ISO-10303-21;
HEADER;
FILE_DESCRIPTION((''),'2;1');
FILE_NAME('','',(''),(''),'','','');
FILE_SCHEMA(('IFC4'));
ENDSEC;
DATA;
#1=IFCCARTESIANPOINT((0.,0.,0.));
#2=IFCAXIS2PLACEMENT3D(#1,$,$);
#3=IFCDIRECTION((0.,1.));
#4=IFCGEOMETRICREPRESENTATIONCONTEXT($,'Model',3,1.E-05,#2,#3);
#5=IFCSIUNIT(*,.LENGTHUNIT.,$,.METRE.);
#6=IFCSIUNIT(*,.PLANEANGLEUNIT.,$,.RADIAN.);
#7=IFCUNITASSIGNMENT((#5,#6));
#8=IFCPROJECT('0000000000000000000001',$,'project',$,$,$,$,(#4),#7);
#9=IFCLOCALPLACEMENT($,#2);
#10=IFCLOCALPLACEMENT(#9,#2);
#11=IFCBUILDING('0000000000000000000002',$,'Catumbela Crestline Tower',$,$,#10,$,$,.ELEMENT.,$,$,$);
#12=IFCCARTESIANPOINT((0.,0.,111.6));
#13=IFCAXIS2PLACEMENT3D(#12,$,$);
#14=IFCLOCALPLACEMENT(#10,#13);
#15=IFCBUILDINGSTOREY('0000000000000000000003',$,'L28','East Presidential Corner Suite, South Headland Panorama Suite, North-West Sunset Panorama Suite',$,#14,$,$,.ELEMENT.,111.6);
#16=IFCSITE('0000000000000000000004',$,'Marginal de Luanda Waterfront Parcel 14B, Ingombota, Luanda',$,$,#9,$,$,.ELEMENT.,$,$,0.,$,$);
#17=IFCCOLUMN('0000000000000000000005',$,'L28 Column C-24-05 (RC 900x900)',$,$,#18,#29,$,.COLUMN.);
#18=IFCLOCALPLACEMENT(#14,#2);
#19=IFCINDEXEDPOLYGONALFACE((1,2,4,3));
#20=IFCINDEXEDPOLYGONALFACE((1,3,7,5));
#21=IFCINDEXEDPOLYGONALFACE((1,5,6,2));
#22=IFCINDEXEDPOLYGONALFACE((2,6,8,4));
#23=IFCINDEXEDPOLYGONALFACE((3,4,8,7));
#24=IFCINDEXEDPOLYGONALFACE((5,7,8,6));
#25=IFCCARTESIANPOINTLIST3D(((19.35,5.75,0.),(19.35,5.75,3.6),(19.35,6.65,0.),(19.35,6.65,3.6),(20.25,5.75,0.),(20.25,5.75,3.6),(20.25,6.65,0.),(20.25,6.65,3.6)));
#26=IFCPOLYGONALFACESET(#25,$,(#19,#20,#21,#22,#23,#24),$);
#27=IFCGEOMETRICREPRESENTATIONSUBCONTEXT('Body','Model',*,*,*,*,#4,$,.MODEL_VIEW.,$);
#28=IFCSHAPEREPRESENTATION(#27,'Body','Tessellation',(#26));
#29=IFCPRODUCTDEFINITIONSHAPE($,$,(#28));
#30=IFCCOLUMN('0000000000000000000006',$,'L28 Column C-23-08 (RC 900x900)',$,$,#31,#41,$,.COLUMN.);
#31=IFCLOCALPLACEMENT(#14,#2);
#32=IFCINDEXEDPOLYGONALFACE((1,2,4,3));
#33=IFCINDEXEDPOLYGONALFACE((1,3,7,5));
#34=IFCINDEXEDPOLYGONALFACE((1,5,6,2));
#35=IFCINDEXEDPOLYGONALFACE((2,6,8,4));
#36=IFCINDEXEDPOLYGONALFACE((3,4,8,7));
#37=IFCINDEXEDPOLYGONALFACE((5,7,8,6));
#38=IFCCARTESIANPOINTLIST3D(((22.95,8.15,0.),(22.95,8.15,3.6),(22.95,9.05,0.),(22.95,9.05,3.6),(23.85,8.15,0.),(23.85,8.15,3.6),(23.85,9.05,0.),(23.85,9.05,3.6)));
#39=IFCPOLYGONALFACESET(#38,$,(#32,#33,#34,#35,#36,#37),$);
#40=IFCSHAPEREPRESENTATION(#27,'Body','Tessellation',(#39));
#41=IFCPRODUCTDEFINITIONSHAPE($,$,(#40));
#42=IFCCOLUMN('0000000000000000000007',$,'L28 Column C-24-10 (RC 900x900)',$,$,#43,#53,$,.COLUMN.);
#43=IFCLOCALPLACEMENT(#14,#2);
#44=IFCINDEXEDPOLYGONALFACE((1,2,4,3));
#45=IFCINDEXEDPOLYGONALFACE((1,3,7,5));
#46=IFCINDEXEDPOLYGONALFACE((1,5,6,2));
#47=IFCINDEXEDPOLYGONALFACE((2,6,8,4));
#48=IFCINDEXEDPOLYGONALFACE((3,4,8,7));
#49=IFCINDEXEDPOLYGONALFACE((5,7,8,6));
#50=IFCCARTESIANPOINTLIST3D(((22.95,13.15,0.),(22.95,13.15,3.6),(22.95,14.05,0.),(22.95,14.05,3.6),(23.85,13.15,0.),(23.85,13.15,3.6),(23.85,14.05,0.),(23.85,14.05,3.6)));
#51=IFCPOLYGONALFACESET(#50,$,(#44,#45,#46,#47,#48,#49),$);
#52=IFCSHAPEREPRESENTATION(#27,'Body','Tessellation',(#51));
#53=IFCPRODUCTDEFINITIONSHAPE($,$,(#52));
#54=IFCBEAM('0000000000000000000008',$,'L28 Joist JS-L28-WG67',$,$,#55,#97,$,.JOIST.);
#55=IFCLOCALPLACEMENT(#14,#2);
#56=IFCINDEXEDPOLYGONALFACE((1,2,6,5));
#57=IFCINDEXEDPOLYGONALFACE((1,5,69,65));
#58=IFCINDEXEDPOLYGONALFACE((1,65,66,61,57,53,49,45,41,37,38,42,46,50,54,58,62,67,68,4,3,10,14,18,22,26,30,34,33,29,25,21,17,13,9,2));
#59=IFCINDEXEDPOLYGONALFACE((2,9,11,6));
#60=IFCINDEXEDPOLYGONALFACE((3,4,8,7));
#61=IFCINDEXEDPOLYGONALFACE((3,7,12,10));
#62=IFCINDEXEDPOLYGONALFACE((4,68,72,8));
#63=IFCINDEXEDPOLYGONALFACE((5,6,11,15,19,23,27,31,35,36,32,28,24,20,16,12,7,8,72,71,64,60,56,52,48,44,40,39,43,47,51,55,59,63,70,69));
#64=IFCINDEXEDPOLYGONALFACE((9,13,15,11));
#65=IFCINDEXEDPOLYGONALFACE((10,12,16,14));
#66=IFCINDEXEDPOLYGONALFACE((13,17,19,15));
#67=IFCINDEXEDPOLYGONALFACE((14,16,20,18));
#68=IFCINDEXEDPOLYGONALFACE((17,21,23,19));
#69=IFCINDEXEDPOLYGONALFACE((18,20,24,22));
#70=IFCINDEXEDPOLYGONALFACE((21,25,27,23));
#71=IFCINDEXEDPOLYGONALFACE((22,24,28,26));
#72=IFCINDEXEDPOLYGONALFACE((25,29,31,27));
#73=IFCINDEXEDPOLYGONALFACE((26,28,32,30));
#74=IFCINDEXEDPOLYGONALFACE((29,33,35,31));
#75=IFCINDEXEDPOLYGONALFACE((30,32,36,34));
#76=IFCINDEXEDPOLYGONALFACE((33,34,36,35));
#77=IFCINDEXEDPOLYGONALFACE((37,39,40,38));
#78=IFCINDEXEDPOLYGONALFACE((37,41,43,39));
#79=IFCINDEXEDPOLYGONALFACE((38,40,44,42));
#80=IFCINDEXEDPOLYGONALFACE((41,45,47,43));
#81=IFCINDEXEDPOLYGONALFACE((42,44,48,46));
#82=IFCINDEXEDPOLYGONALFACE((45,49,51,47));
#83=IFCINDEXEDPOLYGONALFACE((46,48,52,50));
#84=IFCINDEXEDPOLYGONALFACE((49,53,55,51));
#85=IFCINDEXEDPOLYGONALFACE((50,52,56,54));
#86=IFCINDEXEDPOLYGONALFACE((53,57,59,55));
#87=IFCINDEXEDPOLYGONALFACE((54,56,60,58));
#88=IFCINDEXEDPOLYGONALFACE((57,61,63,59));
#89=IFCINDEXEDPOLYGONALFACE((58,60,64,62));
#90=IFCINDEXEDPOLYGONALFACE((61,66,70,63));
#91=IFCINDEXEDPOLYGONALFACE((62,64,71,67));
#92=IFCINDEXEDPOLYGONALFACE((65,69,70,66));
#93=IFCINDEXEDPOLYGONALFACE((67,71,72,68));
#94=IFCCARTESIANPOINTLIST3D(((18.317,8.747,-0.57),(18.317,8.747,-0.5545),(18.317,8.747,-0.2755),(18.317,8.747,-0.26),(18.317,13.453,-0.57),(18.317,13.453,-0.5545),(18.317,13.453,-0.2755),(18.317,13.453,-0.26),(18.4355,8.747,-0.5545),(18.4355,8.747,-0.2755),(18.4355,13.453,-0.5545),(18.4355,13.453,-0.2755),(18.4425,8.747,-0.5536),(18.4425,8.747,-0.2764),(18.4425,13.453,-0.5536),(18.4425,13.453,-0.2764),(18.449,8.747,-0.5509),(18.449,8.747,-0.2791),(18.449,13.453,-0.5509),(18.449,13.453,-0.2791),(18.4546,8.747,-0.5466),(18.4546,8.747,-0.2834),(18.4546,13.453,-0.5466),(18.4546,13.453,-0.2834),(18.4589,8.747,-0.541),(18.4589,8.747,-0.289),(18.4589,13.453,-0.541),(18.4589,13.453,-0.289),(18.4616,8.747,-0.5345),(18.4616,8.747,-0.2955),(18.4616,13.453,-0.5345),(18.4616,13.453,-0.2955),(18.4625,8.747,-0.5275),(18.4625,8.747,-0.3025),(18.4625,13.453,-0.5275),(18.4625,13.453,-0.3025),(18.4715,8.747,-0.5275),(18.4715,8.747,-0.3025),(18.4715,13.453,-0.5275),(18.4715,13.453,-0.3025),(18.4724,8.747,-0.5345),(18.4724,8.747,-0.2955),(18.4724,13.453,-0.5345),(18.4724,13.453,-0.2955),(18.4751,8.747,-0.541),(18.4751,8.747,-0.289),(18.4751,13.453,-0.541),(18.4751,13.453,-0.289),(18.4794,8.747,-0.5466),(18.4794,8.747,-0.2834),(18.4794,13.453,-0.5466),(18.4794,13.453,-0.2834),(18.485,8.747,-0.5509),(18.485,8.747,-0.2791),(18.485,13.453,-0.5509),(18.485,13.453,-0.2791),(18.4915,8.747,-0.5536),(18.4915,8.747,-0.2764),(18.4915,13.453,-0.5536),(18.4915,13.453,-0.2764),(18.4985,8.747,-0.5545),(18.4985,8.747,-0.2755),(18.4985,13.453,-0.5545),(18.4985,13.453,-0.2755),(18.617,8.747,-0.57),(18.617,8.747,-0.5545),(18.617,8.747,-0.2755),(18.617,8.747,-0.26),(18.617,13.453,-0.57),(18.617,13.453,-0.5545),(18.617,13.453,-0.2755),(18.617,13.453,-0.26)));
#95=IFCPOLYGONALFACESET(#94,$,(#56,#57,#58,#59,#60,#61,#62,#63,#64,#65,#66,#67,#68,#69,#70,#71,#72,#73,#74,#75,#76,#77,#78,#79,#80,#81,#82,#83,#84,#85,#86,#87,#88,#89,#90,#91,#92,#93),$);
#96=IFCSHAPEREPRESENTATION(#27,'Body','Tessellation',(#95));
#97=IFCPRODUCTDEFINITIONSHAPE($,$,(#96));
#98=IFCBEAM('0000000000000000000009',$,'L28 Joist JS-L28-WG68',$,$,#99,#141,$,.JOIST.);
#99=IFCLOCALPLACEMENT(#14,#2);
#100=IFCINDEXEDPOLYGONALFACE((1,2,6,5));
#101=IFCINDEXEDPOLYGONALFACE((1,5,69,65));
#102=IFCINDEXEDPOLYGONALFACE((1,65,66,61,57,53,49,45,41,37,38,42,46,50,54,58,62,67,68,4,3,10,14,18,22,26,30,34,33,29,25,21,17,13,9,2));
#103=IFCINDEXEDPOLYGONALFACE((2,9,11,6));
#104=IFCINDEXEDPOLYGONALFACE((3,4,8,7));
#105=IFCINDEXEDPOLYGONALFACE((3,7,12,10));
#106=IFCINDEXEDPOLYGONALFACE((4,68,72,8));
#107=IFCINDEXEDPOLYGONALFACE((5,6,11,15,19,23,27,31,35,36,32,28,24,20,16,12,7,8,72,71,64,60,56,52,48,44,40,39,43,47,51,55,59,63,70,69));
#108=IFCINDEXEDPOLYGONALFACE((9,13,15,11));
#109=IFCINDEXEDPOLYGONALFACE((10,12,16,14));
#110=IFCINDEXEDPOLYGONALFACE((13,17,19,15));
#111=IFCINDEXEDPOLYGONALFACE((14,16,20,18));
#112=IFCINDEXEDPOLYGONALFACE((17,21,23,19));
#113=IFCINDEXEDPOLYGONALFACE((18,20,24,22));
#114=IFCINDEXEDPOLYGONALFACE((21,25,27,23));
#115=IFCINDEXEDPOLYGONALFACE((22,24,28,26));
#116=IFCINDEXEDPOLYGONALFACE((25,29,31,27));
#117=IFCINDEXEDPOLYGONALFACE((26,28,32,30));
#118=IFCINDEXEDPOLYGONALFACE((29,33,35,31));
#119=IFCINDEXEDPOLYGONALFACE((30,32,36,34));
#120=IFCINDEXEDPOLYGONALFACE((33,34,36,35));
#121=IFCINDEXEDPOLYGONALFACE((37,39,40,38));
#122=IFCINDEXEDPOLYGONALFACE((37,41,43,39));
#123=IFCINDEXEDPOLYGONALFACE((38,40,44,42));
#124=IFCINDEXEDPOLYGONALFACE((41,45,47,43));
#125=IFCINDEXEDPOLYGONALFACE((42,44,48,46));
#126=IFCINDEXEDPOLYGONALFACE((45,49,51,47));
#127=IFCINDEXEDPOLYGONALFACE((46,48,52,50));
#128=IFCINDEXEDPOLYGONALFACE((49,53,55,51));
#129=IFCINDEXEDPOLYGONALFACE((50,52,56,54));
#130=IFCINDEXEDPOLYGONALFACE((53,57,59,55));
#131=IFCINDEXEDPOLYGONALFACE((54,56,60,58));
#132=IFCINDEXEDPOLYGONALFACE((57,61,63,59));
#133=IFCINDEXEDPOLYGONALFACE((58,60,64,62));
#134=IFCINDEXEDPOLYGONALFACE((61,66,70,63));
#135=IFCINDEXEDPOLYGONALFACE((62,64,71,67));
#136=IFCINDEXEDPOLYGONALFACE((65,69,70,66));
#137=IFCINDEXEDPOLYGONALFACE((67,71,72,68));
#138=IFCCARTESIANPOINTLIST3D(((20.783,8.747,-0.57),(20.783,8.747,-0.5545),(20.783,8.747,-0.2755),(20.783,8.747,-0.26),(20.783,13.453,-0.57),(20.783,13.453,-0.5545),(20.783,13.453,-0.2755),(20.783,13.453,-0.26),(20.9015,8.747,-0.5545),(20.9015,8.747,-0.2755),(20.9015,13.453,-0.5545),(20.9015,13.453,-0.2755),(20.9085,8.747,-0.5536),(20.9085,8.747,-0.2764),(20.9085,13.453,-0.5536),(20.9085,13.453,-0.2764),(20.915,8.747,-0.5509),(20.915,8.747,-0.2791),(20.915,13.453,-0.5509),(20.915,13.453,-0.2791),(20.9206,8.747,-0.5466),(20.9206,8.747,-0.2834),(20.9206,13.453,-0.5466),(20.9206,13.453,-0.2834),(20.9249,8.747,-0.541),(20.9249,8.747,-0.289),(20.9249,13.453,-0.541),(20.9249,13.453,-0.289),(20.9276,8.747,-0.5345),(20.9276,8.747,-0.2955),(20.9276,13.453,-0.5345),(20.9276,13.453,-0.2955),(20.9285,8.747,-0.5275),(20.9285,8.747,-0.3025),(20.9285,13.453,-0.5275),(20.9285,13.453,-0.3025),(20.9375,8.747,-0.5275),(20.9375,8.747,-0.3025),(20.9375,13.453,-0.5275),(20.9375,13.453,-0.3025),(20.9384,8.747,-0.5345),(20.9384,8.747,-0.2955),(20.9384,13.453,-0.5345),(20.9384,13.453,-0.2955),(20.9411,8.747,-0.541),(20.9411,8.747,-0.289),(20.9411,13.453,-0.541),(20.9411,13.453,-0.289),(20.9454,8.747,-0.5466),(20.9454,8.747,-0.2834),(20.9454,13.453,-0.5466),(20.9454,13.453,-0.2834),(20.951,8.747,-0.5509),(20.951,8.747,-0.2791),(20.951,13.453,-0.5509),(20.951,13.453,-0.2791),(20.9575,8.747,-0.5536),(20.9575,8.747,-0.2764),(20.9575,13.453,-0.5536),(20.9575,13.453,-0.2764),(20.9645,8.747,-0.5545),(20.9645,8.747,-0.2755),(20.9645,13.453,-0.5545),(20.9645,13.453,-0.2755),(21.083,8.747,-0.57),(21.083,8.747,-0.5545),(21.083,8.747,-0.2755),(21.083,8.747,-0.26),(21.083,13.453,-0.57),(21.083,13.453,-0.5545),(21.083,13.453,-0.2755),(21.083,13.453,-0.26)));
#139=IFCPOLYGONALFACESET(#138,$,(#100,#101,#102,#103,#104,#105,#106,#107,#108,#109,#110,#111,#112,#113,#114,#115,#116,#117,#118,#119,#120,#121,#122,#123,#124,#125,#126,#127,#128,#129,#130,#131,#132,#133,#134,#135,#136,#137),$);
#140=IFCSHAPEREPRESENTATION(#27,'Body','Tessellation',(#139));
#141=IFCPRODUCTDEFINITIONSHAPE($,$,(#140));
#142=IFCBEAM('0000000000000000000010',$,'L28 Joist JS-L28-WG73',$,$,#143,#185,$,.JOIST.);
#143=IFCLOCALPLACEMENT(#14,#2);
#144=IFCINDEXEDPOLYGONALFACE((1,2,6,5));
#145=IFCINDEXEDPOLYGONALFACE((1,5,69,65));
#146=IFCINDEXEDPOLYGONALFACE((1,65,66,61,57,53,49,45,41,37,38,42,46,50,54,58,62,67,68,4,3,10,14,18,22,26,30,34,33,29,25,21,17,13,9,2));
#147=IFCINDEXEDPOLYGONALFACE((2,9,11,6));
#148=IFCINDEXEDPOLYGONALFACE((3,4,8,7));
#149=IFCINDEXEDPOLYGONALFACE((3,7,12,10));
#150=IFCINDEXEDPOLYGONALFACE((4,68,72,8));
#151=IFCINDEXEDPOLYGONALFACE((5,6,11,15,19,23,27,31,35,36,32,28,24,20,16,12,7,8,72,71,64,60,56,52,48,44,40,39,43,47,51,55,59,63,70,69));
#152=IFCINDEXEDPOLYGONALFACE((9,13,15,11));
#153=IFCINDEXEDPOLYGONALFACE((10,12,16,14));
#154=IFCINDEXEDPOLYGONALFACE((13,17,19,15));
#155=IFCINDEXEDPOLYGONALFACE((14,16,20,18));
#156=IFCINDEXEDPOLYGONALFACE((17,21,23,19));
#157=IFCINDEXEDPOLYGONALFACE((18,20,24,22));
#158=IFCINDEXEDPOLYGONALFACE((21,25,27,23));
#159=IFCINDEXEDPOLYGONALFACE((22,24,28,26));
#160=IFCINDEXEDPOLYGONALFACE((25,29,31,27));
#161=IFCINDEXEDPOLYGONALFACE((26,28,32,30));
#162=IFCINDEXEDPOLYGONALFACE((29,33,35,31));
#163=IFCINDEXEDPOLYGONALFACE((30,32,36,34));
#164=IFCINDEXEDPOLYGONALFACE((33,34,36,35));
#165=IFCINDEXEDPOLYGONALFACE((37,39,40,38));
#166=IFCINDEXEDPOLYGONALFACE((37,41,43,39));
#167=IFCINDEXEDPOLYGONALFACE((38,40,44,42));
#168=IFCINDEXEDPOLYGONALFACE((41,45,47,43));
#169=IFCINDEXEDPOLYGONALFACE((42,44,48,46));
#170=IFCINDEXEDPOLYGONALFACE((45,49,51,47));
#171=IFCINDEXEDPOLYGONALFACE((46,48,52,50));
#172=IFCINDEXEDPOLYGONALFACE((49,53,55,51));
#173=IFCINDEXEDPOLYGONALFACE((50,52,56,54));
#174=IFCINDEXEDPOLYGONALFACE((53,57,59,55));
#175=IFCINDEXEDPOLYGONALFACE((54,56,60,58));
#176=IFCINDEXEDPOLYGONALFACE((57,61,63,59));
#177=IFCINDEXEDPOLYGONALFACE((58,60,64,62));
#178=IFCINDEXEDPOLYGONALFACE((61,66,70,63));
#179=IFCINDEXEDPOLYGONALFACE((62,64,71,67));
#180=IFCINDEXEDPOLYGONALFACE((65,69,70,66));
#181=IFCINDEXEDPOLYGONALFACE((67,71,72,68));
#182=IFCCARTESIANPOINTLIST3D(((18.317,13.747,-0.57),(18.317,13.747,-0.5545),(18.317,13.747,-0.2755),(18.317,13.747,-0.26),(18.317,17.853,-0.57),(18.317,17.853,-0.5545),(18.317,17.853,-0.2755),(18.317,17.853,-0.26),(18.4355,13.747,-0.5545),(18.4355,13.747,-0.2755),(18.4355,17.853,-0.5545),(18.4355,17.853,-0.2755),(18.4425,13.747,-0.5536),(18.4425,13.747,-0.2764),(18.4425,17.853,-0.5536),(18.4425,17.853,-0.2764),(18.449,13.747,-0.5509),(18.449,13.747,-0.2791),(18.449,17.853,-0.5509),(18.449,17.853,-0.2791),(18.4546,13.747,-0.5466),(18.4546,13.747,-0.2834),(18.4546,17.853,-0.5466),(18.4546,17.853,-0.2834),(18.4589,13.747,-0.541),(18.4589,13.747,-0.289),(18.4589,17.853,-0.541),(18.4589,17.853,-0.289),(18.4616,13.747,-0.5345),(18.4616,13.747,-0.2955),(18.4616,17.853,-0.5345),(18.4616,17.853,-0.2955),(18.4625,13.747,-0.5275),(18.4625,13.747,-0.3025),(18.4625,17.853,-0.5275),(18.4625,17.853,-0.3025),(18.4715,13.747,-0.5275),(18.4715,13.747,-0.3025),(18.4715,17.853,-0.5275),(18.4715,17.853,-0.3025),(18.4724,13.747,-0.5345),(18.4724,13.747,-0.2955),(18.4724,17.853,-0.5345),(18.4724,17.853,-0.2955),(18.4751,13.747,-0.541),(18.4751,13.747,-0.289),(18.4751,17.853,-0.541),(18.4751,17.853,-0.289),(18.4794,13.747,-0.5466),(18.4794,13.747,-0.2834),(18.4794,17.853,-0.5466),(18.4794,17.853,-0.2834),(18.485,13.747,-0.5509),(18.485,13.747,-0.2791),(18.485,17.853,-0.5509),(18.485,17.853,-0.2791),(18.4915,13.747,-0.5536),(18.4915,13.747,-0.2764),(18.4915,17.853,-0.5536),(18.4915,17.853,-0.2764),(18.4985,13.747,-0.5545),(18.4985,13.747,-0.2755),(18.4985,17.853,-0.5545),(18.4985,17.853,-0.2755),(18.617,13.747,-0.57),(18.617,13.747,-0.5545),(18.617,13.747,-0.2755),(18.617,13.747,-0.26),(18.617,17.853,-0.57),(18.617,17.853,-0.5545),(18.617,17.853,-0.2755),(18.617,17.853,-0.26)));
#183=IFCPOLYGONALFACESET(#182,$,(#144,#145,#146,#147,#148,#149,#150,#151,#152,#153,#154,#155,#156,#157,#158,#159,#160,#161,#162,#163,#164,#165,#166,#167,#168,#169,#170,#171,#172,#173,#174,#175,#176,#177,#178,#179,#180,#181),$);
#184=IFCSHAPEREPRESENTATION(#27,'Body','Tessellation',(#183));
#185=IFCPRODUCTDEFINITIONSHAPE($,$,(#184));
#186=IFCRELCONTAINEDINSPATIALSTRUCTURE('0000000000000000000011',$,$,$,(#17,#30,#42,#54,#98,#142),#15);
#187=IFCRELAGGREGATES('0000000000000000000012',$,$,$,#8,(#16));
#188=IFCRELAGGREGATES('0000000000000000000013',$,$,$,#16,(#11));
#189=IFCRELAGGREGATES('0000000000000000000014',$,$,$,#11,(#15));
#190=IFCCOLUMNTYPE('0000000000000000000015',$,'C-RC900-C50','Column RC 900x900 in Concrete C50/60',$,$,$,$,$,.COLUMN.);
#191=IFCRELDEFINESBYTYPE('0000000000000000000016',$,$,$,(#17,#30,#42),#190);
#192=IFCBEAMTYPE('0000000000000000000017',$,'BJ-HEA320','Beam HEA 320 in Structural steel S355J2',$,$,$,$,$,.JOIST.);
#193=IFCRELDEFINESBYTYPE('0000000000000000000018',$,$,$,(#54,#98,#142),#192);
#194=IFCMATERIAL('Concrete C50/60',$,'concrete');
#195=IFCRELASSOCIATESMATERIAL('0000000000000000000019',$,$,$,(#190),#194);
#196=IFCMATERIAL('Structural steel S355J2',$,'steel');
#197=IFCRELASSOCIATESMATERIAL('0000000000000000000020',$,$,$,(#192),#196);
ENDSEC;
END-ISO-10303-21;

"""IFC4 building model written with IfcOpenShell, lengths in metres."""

from ifc_helpers import new_model, si_unit, direction, frame, origin, origin_2d, place, context, subcontext, project, spatial, rectangle, i_section, extrude, material, material_profile, profile_set, type_object, element, save


model = new_model("IFC4")

# Units and contexts
model_context = context("Model", 3, precision=1e-05, world=origin(), true_north=direction((0.0, 1.0)))
body_context = subcontext(model_context, "Body", "Model", "MODEL_VIEW")
ifc_project = project(units=[si_unit("LENGTHUNIT", "METRE"), si_unit("PLANEANGLEUNIT", "RADIAN")], contexts=[model_context])

# Site, building, storey
site_placement = place(None, origin())
site = spatial("IfcSite", under=ifc_project, at=site_placement, Name="Marginal de Luanda Waterfront Parcel 14B, Ingombota, Luanda", CompositionType="ELEMENT", RefElevation=0.0)
building_placement = place(site_placement, origin())
building = spatial("IfcBuilding", under=site, at=building_placement, Name="Catumbela Crestline Tower", CompositionType="ELEMENT")
storey_placement = place(building_placement, frame((0.0, 0.0, 111.6)))
storey = spatial("IfcBuildingStorey", under=building, at=storey_placement, Name="L28", Description="East Presidential Corner Suite, South Headland Panorama Suite, North-West Sunset Panorama Suite", CompositionType="ELEMENT", Elevation=111.6)

# Columns
ifc_material_1 = material(Name="Concrete C50/60", Category="concrete")
ifc_material_profile_1 = material_profile(ifc_material_1, rectangle(XDim=0.9, YDim=0.9, at=origin_2d()), Name="RC 900x900")
ifc_profile_set_1 = profile_set([ifc_material_profile_1], Name="Concrete C50/60")
column_type = type_object("IfcColumnType", Name="C-RC900-C50", Description="Column RC 900x900 in Concrete C50/60", PredefinedType="COLUMN", material=ifc_profile_set_1)
for number, where, z_axis, x_axis, name in (
    (1, (19.8, 6.2, 0.0), (0.0, 0.0, 1.0), (1.0, 0.0, 0.0), "L28 Column C-24-05 (RC 900x900)"),
    (2, (23.4, 8.6, 0.0), (0.0, 0.0, 1.0), (1.0, 0.0, 0.0), "L28 Column C-23-08 (RC 900x900)"),
    (3, (23.4, 13.6, 0.0), (0.0, 0.0, 1.0), (1.0, 0.0, 0.0), "L28 Column C-24-10 (RC 900x900)"),
):
    element("IfcColumn", number, at=place(storey_placement, frame(where, z_axis=z_axis, x_axis=x_axis)), inside=storey, type_object=column_type, Name=name, PredefinedType="COLUMN", context=body_context, shape_type="SweptSolid", body=[
        extrude(rectangle(XDim=0.9, YDim=0.9, at=origin_2d()), origin(), (0.0, 0.0, 1.0), 3.6),
    ])

# Beams
ifc_material_2 = material(Name="Structural steel S355J2", Category="steel")
ifc_material_profile_2 = material_profile(ifc_material_2, i_section(OverallWidth=0.3, OverallDepth=0.31, WebThickness=0.009, FlangeThickness=0.0155, FilletRadius=0.027, at=origin_2d()), Name="HEA 320")
ifc_profile_set_2 = profile_set([ifc_material_profile_2], Name="Structural steel S355J2")
beam_type_1 = type_object("IfcBeamType", Name="BJ-HEA320", Description="Beam HEA 320 in Structural steel S355J2", PredefinedType="JOIST", material=ifc_profile_set_2)
for number, where, z_axis, x_axis, name in (
    (4, (18.467, 8.747, -0.415), (0.0, 1.0, 0.0), (-1.0, 0.0, 0.0), "L28 Joist JS-L28-WG67"),
    (5, (20.933, 8.747, -0.415), (0.0, 1.0, 0.0), (-1.0, 0.0, 0.0), "L28 Joist JS-L28-WG68"),
):
    element("IfcBeam", number, at=place(storey_placement, frame(where, z_axis=z_axis, x_axis=x_axis)), inside=storey, type_object=beam_type_1, Name=name, PredefinedType="JOIST", context=body_context, shape_type="SweptSolid", body=[
        extrude(i_section(OverallWidth=0.3, OverallDepth=0.31, WebThickness=0.009, FlangeThickness=0.0155, FilletRadius=0.027, at=origin_2d()), origin(), (0.0, 0.0, 1.0), 4.706),
    ])
for number, where, z_axis, x_axis, name in (
    (6, (18.467, 13.747, -0.415), (0.0, 1.0, 0.0), (-1.0, 0.0, 0.0), "L28 Joist JS-L28-WG73"),
):
    element("IfcBeam", number, at=place(storey_placement, frame(where, z_axis=z_axis, x_axis=x_axis)), inside=storey, type_object=beam_type_1, Name=name, PredefinedType="JOIST", context=body_context, shape_type="SweptSolid", body=[
        extrude(i_section(OverallWidth=0.3, OverallDepth=0.31, WebThickness=0.009, FlangeThickness=0.0155, FilletRadius=0.027, at=origin_2d()), origin(), (0.0, 0.0, 1.0), 4.106),
    ])

save(model, "model.ifc")
